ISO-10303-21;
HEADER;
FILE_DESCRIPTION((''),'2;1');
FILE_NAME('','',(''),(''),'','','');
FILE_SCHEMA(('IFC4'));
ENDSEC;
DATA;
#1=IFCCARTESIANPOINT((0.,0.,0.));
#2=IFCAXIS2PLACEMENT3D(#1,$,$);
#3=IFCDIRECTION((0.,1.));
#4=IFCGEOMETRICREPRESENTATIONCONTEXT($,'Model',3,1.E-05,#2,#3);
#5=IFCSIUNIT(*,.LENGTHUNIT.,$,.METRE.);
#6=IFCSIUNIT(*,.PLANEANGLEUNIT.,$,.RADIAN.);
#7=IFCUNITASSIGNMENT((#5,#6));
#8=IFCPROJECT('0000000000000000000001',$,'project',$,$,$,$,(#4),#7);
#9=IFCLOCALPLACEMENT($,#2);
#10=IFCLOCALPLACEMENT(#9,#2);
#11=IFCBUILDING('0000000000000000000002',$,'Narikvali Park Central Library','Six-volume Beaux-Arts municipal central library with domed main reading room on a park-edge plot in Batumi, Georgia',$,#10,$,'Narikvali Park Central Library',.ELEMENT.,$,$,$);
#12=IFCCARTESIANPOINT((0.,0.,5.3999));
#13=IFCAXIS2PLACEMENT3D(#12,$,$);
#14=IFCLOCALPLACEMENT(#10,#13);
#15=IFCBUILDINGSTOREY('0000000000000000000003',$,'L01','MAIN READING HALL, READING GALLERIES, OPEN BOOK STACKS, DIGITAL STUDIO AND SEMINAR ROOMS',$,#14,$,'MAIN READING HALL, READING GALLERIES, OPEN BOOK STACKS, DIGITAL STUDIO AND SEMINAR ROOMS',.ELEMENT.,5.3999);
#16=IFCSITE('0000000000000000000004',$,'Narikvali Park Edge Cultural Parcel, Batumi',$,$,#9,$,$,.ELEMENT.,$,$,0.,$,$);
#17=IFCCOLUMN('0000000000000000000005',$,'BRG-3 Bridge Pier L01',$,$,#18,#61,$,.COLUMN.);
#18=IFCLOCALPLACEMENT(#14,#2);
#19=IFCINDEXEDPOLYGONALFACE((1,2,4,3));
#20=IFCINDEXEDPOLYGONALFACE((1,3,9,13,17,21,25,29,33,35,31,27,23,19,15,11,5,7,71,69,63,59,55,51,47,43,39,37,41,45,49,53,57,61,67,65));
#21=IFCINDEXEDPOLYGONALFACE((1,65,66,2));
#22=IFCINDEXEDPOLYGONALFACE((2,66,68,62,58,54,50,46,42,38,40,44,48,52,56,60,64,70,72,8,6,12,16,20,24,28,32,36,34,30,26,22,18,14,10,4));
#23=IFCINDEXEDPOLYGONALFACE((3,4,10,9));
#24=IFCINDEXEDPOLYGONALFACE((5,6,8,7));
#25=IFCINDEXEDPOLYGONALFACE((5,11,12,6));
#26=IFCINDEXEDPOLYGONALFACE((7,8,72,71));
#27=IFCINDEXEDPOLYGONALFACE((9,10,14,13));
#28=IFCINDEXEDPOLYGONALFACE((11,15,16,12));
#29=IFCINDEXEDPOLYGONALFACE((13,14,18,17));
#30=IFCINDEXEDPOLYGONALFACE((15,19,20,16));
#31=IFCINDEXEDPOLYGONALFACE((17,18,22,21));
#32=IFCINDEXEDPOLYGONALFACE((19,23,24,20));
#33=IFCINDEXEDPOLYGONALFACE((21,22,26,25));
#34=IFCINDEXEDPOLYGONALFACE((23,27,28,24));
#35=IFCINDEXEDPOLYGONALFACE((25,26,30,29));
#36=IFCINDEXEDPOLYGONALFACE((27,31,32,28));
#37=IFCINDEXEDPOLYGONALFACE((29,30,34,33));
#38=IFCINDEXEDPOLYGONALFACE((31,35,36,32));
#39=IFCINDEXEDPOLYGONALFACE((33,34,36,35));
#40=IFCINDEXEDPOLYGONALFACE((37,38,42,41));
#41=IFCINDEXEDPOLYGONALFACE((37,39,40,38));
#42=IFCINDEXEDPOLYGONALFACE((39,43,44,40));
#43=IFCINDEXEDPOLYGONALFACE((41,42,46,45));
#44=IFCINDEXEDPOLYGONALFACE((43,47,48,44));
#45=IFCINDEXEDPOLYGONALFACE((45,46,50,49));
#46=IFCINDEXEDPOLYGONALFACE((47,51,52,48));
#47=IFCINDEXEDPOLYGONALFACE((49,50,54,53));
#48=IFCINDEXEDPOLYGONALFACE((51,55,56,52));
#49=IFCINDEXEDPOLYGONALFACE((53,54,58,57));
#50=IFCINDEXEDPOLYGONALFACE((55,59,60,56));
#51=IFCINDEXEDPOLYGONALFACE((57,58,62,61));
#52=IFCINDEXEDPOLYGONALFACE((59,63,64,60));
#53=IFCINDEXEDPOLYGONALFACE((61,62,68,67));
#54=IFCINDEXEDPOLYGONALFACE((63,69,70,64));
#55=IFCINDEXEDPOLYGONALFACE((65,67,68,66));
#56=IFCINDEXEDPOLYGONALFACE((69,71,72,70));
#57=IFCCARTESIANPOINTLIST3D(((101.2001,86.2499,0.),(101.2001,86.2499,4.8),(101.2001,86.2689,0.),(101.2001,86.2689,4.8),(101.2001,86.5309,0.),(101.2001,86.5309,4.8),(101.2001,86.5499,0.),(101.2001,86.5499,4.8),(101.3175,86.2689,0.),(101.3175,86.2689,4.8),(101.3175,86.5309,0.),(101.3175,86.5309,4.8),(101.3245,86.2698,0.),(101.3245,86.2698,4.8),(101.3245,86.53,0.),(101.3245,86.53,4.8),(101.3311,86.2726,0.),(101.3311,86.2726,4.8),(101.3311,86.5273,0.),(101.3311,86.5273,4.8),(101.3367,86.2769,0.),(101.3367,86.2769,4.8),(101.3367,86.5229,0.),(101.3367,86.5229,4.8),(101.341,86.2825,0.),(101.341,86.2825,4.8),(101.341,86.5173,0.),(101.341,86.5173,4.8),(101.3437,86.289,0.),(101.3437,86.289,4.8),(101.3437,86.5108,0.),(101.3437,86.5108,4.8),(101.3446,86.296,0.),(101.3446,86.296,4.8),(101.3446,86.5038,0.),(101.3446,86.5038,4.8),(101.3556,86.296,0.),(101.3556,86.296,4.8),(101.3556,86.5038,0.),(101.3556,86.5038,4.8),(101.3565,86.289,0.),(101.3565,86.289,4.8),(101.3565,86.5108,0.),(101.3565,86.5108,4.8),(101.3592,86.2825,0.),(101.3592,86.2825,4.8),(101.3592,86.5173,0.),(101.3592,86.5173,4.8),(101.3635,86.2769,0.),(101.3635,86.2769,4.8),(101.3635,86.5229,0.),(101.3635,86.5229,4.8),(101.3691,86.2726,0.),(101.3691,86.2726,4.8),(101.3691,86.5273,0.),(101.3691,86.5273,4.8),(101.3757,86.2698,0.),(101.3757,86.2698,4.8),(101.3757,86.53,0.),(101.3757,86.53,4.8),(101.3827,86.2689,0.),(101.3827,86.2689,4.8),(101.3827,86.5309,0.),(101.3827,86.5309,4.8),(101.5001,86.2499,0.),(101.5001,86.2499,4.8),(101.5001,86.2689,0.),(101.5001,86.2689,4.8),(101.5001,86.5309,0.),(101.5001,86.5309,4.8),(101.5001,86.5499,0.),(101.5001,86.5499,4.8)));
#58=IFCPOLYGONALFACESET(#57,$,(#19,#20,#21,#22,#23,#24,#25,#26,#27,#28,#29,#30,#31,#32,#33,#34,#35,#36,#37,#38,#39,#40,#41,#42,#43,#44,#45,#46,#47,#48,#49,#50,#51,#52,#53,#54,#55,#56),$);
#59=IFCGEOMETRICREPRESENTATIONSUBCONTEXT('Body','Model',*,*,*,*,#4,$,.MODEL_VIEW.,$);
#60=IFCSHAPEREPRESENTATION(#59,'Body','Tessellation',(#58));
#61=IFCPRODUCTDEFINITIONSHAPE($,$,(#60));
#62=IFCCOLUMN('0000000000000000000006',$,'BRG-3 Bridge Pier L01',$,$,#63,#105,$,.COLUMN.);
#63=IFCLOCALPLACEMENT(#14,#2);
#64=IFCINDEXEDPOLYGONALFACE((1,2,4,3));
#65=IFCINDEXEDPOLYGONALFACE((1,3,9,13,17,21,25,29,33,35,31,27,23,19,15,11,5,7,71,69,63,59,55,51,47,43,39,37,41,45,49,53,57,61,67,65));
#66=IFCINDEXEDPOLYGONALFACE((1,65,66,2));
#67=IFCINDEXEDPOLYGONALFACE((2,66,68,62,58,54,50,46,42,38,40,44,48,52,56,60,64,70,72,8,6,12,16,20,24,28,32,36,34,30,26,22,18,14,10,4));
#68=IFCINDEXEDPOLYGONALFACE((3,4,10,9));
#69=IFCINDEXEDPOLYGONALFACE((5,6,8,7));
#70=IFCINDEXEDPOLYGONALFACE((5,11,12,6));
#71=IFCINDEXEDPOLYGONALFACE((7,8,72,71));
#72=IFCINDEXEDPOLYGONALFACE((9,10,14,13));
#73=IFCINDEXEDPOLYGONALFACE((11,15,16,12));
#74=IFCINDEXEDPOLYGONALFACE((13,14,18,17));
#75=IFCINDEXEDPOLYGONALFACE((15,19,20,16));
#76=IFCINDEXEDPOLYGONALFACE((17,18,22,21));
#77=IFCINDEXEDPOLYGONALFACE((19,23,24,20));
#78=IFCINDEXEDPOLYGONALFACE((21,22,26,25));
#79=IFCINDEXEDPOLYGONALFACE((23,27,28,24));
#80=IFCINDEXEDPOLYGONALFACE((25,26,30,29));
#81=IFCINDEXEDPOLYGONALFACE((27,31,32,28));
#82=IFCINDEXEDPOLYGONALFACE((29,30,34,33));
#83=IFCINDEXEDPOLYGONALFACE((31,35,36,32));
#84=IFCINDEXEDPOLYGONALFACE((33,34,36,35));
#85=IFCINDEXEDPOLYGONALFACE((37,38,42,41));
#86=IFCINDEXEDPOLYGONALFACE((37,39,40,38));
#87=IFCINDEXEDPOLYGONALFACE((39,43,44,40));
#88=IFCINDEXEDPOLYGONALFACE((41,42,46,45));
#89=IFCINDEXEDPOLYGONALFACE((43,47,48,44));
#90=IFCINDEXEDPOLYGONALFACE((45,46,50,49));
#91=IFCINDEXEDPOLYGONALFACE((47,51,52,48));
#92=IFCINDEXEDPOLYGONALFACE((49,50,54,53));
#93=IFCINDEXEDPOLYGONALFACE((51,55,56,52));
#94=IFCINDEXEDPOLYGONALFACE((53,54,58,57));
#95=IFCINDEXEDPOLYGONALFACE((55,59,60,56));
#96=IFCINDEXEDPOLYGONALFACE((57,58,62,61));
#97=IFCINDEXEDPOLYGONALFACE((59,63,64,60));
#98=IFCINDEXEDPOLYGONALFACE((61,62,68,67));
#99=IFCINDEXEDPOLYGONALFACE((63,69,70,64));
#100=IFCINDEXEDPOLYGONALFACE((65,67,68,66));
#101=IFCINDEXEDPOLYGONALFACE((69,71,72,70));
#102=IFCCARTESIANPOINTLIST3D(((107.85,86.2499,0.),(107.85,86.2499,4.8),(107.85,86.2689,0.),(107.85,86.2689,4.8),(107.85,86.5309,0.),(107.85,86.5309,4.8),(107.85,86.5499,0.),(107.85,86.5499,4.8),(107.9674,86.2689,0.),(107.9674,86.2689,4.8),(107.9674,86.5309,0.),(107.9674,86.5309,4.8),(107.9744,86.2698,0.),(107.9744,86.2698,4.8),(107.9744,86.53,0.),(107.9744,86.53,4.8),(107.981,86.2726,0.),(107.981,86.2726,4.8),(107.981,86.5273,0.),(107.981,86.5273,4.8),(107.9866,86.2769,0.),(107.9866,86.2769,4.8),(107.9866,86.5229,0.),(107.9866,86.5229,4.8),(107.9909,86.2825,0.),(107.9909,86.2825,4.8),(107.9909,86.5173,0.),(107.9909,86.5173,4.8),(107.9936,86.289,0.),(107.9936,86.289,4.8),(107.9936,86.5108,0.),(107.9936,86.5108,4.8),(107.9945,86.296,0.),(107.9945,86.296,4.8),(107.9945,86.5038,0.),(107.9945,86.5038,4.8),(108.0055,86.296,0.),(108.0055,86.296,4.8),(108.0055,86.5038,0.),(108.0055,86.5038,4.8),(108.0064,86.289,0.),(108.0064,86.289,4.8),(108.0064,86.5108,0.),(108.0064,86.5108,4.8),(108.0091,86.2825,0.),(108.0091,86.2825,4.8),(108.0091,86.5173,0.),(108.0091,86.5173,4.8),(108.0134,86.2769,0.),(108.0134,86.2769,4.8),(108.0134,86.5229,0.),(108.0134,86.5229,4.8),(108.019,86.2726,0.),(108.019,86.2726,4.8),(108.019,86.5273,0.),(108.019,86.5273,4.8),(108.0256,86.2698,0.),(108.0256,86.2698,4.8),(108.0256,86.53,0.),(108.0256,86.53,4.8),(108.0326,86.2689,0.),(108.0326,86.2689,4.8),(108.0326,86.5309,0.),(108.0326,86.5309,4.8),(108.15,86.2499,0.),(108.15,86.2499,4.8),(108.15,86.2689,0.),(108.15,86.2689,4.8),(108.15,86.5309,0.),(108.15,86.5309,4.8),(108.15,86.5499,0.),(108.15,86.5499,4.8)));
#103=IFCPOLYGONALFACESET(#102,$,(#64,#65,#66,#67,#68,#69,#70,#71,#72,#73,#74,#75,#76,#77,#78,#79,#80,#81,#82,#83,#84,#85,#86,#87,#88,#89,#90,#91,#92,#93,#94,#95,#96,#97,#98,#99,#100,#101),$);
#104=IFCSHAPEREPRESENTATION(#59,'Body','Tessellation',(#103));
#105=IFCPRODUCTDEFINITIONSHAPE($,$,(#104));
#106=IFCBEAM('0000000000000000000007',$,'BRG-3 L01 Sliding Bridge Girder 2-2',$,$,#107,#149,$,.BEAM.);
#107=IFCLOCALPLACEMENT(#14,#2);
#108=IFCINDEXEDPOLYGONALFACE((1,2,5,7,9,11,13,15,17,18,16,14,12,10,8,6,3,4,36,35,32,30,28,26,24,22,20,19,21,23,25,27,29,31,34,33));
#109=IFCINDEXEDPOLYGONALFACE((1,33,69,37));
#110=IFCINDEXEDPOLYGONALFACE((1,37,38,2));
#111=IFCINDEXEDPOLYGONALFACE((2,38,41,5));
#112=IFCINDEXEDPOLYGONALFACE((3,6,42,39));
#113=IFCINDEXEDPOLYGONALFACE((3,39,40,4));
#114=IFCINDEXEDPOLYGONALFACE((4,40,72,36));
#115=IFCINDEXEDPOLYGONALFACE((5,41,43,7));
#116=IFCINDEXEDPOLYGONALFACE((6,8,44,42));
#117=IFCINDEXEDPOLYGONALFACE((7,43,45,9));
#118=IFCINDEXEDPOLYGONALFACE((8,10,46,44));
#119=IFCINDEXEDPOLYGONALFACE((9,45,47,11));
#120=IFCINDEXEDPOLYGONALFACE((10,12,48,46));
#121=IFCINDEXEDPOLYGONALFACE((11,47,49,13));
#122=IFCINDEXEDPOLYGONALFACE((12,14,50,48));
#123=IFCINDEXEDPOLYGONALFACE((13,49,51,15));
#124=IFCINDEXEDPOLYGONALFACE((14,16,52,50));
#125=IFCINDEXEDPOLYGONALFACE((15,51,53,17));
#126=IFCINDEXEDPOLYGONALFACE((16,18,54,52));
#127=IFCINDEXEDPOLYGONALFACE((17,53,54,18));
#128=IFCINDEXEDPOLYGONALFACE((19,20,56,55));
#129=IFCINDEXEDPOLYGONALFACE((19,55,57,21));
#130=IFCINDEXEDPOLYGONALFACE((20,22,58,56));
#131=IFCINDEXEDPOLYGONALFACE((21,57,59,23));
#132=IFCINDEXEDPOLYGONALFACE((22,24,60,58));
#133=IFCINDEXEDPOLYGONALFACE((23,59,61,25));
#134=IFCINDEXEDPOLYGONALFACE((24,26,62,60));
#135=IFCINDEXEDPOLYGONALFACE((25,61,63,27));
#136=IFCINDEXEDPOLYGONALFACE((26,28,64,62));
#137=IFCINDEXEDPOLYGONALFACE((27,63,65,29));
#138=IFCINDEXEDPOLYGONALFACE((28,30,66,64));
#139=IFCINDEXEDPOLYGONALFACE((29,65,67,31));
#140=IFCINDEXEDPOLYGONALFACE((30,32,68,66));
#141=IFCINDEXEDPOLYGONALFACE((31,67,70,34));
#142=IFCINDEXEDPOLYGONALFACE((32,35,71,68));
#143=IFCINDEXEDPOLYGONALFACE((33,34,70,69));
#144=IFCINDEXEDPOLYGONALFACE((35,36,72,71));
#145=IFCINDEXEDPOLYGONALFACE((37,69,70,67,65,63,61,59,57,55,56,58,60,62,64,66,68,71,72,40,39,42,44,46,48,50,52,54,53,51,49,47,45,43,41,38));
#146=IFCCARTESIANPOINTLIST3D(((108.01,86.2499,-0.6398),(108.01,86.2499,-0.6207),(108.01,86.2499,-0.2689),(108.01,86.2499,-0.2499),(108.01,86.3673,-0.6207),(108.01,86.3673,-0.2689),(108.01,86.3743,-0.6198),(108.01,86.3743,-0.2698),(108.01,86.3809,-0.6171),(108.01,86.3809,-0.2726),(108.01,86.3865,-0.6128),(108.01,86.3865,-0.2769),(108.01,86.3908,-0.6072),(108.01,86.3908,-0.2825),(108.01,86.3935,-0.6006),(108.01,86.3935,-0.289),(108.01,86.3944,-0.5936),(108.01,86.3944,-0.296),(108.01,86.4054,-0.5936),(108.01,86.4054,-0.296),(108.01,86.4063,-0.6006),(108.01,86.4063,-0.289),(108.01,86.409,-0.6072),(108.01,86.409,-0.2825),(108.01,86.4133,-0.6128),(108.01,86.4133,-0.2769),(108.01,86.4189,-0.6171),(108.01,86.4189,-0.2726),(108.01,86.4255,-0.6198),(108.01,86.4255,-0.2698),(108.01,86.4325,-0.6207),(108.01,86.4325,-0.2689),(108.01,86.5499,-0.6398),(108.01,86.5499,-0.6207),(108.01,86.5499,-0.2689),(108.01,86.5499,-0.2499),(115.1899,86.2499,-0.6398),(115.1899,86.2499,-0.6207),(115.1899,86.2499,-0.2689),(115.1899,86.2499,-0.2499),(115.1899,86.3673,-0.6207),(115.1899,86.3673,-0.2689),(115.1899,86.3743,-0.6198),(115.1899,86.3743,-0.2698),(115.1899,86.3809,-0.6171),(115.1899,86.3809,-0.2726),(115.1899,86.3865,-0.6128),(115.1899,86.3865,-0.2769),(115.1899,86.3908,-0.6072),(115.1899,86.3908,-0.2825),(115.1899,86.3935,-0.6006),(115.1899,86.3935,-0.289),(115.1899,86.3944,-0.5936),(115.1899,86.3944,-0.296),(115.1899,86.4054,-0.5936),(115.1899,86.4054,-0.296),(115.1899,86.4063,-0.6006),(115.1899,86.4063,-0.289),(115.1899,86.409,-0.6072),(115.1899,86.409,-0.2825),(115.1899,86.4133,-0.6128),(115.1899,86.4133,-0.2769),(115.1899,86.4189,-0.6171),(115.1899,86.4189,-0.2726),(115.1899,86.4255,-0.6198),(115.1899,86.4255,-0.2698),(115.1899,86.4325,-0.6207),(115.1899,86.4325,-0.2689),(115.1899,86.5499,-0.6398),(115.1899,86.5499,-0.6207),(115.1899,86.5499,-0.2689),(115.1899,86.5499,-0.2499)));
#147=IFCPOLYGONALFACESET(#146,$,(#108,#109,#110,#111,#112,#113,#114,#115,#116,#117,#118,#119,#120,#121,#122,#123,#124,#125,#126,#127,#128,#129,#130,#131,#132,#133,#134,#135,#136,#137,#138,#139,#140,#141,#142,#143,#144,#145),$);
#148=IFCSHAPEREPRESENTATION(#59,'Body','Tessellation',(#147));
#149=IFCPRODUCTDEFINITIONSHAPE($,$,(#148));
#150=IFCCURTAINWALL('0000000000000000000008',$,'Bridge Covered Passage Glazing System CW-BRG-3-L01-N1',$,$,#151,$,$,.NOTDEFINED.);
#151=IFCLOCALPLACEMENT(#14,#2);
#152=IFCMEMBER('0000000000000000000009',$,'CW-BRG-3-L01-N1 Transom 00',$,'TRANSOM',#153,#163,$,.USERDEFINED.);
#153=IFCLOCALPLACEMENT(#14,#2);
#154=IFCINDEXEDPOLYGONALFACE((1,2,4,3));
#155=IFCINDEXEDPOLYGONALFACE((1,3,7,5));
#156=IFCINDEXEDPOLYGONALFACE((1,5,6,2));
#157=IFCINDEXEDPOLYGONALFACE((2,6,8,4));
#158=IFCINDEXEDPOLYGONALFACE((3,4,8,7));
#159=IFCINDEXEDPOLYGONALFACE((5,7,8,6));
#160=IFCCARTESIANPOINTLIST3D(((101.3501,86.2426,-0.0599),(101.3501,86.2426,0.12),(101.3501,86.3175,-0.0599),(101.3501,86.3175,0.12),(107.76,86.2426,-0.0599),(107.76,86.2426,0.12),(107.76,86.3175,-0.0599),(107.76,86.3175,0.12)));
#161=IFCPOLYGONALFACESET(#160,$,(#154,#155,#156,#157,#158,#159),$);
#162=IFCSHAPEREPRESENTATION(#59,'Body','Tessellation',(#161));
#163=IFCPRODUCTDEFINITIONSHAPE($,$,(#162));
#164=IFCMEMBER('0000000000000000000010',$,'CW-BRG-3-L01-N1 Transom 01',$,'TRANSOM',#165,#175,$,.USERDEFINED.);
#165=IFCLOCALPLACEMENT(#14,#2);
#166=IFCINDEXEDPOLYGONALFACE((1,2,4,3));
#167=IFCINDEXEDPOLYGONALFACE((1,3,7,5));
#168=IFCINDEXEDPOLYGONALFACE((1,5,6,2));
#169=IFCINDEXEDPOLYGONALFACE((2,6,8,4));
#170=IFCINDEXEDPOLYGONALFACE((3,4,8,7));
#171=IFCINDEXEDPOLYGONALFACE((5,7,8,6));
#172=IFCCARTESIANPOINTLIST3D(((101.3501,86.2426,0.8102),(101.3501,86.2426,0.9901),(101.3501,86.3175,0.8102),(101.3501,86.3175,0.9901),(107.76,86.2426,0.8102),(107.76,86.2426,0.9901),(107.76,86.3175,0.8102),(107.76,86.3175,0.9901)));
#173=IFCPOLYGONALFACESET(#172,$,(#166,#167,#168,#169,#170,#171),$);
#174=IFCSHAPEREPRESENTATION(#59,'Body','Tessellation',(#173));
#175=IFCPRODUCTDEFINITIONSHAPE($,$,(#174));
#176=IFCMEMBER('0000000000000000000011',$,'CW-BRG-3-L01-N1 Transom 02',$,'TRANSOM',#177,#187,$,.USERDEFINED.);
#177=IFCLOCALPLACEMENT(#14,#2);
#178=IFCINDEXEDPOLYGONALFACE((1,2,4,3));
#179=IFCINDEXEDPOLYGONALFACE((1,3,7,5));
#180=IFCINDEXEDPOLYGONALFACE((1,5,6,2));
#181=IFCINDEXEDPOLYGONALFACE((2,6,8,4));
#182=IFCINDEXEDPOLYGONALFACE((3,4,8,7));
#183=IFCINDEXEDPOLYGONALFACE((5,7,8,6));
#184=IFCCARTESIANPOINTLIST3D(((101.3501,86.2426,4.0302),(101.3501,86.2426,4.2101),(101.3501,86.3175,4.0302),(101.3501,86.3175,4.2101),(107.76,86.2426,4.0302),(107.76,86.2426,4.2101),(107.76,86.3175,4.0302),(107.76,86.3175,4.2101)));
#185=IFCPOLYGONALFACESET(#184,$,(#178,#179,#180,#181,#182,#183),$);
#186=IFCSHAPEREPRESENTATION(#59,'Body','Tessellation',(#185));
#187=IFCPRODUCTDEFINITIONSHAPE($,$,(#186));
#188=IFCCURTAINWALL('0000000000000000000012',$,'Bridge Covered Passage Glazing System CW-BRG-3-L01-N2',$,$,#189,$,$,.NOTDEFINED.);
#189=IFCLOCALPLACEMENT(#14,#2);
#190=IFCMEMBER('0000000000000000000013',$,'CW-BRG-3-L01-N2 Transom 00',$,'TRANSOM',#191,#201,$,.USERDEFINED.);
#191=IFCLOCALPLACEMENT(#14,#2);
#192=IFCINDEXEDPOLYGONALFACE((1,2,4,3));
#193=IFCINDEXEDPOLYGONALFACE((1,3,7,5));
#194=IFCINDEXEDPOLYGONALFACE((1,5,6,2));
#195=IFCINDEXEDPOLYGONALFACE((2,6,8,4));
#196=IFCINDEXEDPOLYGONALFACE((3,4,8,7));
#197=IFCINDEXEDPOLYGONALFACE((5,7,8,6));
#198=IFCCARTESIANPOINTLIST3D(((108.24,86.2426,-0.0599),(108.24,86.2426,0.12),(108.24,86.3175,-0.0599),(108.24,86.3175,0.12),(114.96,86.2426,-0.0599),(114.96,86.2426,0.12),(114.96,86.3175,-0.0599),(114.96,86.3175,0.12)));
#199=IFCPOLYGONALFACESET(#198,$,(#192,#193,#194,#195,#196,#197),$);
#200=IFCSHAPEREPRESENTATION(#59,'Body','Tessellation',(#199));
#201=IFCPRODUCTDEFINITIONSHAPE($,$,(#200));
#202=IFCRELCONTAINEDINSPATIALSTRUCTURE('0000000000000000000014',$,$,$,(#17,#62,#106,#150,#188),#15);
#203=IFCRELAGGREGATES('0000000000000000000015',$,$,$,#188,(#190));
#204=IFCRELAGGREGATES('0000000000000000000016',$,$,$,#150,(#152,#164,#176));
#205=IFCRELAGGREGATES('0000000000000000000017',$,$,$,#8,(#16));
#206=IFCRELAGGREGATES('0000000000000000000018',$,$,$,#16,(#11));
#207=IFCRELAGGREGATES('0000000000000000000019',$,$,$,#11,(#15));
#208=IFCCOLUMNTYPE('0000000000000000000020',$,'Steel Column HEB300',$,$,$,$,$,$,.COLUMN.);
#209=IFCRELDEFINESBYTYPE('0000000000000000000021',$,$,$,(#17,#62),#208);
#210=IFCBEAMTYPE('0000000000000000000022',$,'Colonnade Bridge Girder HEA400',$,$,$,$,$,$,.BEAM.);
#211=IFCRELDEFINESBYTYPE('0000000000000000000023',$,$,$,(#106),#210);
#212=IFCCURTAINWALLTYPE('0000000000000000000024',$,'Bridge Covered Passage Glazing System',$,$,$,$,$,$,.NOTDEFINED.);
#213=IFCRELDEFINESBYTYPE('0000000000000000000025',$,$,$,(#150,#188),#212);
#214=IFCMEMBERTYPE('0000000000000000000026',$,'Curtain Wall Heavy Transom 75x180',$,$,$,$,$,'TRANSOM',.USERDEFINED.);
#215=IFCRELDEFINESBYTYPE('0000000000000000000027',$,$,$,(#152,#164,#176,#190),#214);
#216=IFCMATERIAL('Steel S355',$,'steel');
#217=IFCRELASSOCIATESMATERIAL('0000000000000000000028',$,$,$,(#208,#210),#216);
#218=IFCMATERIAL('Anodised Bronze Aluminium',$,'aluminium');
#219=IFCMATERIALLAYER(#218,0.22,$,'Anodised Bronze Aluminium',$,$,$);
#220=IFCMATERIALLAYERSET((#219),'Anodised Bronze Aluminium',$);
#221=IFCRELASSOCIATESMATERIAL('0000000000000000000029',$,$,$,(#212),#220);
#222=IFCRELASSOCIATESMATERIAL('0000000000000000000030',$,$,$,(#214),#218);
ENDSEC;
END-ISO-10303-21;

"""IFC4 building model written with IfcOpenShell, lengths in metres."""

from ifc_helpers import new_model, si_unit, direction, frame, origin, origin_2d, place, context, subcontext, project, spatial, rectangle, i_section, extrude, material, layer, layer_set, material_profile, profile_set, type_object, element, aggregate, save


model = new_model("IFC4")

# Units and contexts
model_context = context("Model", 3, precision=1e-05, world=origin(), true_north=direction((0.0, 1.0)))
body_context = subcontext(model_context, "Body", "Model", "MODEL_VIEW")
ifc_project = project(units=[si_unit("LENGTHUNIT", "METRE"), si_unit("PLANEANGLEUNIT", "RADIAN")], contexts=[model_context])

# Site, building, storey
site_placement = place(None, origin())
site = spatial("IfcSite", under=ifc_project, at=site_placement, Name="Narikvali Park Edge Cultural Parcel, Batumi", CompositionType="ELEMENT", RefElevation=0.0)
building_placement = place(site_placement, origin())
building = spatial("IfcBuilding", under=site, at=building_placement, Name="Narikvali Park Central Library", Description="Six-volume Beaux-Arts municipal central library with domed main reading room on a park-edge plot in Batumi, Georgia", LongName="Narikvali Park Central Library", CompositionType="ELEMENT")
storey_placement = place(building_placement, frame((0.0, 0.0, 5.3999)))
storey = spatial("IfcBuildingStorey", under=building, at=storey_placement, Name="L01", Description="MAIN READING HALL, READING GALLERIES, OPEN BOOK STACKS, DIGITAL STUDIO AND SEMINAR ROOMS", LongName="MAIN READING HALL, READING GALLERIES, OPEN BOOK STACKS, DIGITAL STUDIO AND SEMINAR ROOMS", CompositionType="ELEMENT", Elevation=5.3999)

# Columns
ifc_material_1 = material(Name="Steel S355", Category="steel")
ifc_material_profile_1 = material_profile(ifc_material_1, i_section(OverallWidth=0.3, OverallDepth=0.3, WebThickness=0.011, FlangeThickness=0.019, FilletRadius=0.0271, at=origin_2d()), Name="HEB 300")
ifc_profile_set_1 = profile_set([ifc_material_profile_1], Name="Steel S355")
column_type = type_object("IfcColumnType", Name="Steel Column HEB300", PredefinedType="COLUMN", material=ifc_profile_set_1)
for number, where, z_axis, x_axis, name in (
    (1, (101.3501, 86.3999, 0.0), (0.0, 0.0, 1.0), (1.0, 0.0, 0.0), "BRG-3 Bridge Pier L01"),
    (2, (108.0, 86.3999, 0.0), (0.0, 0.0, 1.0), (1.0, 0.0, 0.0), "BRG-3 Bridge Pier L01"),
):
    element("IfcColumn", number, at=place(storey_placement, frame(where, z_axis=z_axis, x_axis=x_axis)), inside=storey, type_object=column_type, Name=name, PredefinedType="COLUMN", context=body_context, shape_type="SweptSolid", body=[
        extrude(i_section(OverallWidth=0.3, OverallDepth=0.3, WebThickness=0.011, FlangeThickness=0.019, FilletRadius=0.0271, at=origin_2d()), origin(), (0.0, 0.0, 1.0), 4.8),
    ])

# Beam
ifc_material_profile_2 = material_profile(ifc_material_1, i_section(OverallWidth=0.3, OverallDepth=0.3899, WebThickness=0.011, FlangeThickness=0.019, FilletRadius=0.0271, at=origin_2d()), Name="HEA 400")
ifc_profile_set_2 = profile_set([ifc_material_profile_2], Name="Steel S355")
beam_type = type_object("IfcBeamType", Name="Colonnade Bridge Girder HEA400", PredefinedType="BEAM", material=ifc_profile_set_2)
beam_placement = place(storey_placement, frame((108.01, 86.3999, -0.4448), z_axis=(1.0, 0.0, 0.0), x_axis=(0.0, 1.0, 0.0)))
element("IfcBeam", 3, at=beam_placement, inside=storey, type_object=beam_type, Name="BRG-3 L01 Sliding Bridge Girder 2-2", PredefinedType="BEAM", context=body_context, shape_type="SweptSolid", body=[
    extrude(i_section(OverallWidth=0.3, OverallDepth=0.3899, WebThickness=0.011, FlangeThickness=0.019, FilletRadius=0.0271, at=origin_2d()), origin(), (0.0, 0.0, 1.0), 7.1799),
])

# Curtain walls, members
ifc_material_2 = material(Name="Anodised Bronze Aluminium", Category="aluminium")
ifc_layer_1 = layer(ifc_material_2, 0.22, Name="Anodised Bronze Aluminium")
ifc_layer_set_1 = layer_set([ifc_layer_1], Name="Anodised Bronze Aluminium")
curtain_wall_type = type_object("IfcCurtainWallType", Name="Bridge Covered Passage Glazing System", PredefinedType="NOTDEFINED", material=ifc_layer_set_1)
curtain_wall_1_placement = place(storey_placement, origin())
curtain_wall_1 = element("IfcCurtainWall", 4, at=curtain_wall_1_placement, inside=storey, type_object=curtain_wall_type, Name="Bridge Covered Passage Glazing System CW-BRG-3-L01-N1", PredefinedType="NOTDEFINED")
ifc_material_profile_3 = material_profile(ifc_material_2, rectangle(XDim=0.075, YDim=0.1799, at=origin_2d()), Name="CW TRANSOM 75x180")
ifc_profile_set_3 = profile_set([ifc_material_profile_3], Name="Anodised Bronze Aluminium")
member_type_1 = type_object("IfcMemberType", Name="Curtain Wall Heavy Transom 75x180", ElementType="TRANSOM", PredefinedType="USERDEFINED", material=ifc_profile_set_3)
member_1_placement = place(storey_placement, frame((101.3501, 86.28, 0.03), z_axis=(1.0, 0.0, 0.0), x_axis=(0.0, 1.0, 0.0)))
member_1 = element("IfcMember", 5, at=member_1_placement, type_object=member_type_1, Name="CW-BRG-3-L01-N1 Transom 00", ObjectType="TRANSOM", PredefinedType="USERDEFINED", context=body_context, shape_type="SweptSolid", body=[
    extrude(rectangle(XDim=0.075, YDim=0.1799, at=origin_2d()), origin(), (0.0, 0.0, 1.0), 6.4099),
])
member_2_placement = place(storey_placement, frame((101.3501, 86.28, 0.9001), z_axis=(1.0, 0.0, 0.0), x_axis=(0.0, 1.0, 0.0)))
member_2 = element("IfcMember", 6, at=member_2_placement, type_object=member_type_1, Name="CW-BRG-3-L01-N1 Transom 01", ObjectType="TRANSOM", PredefinedType="USERDEFINED", context=body_context, shape_type="SweptSolid", body=[
    extrude(rectangle(XDim=0.075, YDim=0.1799, at=origin_2d()), origin(), (0.0, 0.0, 1.0), 6.4099),
])
member_3_placement = place(storey_placement, frame((101.3501, 86.28, 4.1201), z_axis=(1.0, 0.0, 0.0), x_axis=(0.0, 1.0, 0.0)))
member_3 = element("IfcMember", 7, at=member_3_placement, type_object=member_type_1, Name="CW-BRG-3-L01-N1 Transom 02", ObjectType="TRANSOM", PredefinedType="USERDEFINED", context=body_context, shape_type="SweptSolid", body=[
    extrude(rectangle(XDim=0.075, YDim=0.1799, at=origin_2d()), origin(), (0.0, 0.0, 1.0), 6.4099),
])
curtain_wall_2_placement = place(storey_placement, origin())
curtain_wall_2 = element("IfcCurtainWall", 8, at=curtain_wall_2_placement, inside=storey, type_object=curtain_wall_type, Name="Bridge Covered Passage Glazing System CW-BRG-3-L01-N2", PredefinedType="NOTDEFINED")
member_4_placement = place(storey_placement, frame((108.24, 86.28, 0.03), z_axis=(1.0, 0.0, 0.0), x_axis=(0.0, 1.0, 0.0)))
member_4 = element("IfcMember", 9, at=member_4_placement, type_object=member_type_1, Name="CW-BRG-3-L01-N2 Transom 00", ObjectType="TRANSOM", PredefinedType="USERDEFINED", context=body_context, shape_type="SweptSolid", body=[
    extrude(rectangle(XDim=0.075, YDim=0.1799, at=origin_2d()), origin(), (0.0, 0.0, 1.0), 6.72),
])

aggregate(curtain_wall_2, [member_4])
aggregate(curtain_wall_1, [member_1, member_2, member_3])

save(model, "model.ifc")
